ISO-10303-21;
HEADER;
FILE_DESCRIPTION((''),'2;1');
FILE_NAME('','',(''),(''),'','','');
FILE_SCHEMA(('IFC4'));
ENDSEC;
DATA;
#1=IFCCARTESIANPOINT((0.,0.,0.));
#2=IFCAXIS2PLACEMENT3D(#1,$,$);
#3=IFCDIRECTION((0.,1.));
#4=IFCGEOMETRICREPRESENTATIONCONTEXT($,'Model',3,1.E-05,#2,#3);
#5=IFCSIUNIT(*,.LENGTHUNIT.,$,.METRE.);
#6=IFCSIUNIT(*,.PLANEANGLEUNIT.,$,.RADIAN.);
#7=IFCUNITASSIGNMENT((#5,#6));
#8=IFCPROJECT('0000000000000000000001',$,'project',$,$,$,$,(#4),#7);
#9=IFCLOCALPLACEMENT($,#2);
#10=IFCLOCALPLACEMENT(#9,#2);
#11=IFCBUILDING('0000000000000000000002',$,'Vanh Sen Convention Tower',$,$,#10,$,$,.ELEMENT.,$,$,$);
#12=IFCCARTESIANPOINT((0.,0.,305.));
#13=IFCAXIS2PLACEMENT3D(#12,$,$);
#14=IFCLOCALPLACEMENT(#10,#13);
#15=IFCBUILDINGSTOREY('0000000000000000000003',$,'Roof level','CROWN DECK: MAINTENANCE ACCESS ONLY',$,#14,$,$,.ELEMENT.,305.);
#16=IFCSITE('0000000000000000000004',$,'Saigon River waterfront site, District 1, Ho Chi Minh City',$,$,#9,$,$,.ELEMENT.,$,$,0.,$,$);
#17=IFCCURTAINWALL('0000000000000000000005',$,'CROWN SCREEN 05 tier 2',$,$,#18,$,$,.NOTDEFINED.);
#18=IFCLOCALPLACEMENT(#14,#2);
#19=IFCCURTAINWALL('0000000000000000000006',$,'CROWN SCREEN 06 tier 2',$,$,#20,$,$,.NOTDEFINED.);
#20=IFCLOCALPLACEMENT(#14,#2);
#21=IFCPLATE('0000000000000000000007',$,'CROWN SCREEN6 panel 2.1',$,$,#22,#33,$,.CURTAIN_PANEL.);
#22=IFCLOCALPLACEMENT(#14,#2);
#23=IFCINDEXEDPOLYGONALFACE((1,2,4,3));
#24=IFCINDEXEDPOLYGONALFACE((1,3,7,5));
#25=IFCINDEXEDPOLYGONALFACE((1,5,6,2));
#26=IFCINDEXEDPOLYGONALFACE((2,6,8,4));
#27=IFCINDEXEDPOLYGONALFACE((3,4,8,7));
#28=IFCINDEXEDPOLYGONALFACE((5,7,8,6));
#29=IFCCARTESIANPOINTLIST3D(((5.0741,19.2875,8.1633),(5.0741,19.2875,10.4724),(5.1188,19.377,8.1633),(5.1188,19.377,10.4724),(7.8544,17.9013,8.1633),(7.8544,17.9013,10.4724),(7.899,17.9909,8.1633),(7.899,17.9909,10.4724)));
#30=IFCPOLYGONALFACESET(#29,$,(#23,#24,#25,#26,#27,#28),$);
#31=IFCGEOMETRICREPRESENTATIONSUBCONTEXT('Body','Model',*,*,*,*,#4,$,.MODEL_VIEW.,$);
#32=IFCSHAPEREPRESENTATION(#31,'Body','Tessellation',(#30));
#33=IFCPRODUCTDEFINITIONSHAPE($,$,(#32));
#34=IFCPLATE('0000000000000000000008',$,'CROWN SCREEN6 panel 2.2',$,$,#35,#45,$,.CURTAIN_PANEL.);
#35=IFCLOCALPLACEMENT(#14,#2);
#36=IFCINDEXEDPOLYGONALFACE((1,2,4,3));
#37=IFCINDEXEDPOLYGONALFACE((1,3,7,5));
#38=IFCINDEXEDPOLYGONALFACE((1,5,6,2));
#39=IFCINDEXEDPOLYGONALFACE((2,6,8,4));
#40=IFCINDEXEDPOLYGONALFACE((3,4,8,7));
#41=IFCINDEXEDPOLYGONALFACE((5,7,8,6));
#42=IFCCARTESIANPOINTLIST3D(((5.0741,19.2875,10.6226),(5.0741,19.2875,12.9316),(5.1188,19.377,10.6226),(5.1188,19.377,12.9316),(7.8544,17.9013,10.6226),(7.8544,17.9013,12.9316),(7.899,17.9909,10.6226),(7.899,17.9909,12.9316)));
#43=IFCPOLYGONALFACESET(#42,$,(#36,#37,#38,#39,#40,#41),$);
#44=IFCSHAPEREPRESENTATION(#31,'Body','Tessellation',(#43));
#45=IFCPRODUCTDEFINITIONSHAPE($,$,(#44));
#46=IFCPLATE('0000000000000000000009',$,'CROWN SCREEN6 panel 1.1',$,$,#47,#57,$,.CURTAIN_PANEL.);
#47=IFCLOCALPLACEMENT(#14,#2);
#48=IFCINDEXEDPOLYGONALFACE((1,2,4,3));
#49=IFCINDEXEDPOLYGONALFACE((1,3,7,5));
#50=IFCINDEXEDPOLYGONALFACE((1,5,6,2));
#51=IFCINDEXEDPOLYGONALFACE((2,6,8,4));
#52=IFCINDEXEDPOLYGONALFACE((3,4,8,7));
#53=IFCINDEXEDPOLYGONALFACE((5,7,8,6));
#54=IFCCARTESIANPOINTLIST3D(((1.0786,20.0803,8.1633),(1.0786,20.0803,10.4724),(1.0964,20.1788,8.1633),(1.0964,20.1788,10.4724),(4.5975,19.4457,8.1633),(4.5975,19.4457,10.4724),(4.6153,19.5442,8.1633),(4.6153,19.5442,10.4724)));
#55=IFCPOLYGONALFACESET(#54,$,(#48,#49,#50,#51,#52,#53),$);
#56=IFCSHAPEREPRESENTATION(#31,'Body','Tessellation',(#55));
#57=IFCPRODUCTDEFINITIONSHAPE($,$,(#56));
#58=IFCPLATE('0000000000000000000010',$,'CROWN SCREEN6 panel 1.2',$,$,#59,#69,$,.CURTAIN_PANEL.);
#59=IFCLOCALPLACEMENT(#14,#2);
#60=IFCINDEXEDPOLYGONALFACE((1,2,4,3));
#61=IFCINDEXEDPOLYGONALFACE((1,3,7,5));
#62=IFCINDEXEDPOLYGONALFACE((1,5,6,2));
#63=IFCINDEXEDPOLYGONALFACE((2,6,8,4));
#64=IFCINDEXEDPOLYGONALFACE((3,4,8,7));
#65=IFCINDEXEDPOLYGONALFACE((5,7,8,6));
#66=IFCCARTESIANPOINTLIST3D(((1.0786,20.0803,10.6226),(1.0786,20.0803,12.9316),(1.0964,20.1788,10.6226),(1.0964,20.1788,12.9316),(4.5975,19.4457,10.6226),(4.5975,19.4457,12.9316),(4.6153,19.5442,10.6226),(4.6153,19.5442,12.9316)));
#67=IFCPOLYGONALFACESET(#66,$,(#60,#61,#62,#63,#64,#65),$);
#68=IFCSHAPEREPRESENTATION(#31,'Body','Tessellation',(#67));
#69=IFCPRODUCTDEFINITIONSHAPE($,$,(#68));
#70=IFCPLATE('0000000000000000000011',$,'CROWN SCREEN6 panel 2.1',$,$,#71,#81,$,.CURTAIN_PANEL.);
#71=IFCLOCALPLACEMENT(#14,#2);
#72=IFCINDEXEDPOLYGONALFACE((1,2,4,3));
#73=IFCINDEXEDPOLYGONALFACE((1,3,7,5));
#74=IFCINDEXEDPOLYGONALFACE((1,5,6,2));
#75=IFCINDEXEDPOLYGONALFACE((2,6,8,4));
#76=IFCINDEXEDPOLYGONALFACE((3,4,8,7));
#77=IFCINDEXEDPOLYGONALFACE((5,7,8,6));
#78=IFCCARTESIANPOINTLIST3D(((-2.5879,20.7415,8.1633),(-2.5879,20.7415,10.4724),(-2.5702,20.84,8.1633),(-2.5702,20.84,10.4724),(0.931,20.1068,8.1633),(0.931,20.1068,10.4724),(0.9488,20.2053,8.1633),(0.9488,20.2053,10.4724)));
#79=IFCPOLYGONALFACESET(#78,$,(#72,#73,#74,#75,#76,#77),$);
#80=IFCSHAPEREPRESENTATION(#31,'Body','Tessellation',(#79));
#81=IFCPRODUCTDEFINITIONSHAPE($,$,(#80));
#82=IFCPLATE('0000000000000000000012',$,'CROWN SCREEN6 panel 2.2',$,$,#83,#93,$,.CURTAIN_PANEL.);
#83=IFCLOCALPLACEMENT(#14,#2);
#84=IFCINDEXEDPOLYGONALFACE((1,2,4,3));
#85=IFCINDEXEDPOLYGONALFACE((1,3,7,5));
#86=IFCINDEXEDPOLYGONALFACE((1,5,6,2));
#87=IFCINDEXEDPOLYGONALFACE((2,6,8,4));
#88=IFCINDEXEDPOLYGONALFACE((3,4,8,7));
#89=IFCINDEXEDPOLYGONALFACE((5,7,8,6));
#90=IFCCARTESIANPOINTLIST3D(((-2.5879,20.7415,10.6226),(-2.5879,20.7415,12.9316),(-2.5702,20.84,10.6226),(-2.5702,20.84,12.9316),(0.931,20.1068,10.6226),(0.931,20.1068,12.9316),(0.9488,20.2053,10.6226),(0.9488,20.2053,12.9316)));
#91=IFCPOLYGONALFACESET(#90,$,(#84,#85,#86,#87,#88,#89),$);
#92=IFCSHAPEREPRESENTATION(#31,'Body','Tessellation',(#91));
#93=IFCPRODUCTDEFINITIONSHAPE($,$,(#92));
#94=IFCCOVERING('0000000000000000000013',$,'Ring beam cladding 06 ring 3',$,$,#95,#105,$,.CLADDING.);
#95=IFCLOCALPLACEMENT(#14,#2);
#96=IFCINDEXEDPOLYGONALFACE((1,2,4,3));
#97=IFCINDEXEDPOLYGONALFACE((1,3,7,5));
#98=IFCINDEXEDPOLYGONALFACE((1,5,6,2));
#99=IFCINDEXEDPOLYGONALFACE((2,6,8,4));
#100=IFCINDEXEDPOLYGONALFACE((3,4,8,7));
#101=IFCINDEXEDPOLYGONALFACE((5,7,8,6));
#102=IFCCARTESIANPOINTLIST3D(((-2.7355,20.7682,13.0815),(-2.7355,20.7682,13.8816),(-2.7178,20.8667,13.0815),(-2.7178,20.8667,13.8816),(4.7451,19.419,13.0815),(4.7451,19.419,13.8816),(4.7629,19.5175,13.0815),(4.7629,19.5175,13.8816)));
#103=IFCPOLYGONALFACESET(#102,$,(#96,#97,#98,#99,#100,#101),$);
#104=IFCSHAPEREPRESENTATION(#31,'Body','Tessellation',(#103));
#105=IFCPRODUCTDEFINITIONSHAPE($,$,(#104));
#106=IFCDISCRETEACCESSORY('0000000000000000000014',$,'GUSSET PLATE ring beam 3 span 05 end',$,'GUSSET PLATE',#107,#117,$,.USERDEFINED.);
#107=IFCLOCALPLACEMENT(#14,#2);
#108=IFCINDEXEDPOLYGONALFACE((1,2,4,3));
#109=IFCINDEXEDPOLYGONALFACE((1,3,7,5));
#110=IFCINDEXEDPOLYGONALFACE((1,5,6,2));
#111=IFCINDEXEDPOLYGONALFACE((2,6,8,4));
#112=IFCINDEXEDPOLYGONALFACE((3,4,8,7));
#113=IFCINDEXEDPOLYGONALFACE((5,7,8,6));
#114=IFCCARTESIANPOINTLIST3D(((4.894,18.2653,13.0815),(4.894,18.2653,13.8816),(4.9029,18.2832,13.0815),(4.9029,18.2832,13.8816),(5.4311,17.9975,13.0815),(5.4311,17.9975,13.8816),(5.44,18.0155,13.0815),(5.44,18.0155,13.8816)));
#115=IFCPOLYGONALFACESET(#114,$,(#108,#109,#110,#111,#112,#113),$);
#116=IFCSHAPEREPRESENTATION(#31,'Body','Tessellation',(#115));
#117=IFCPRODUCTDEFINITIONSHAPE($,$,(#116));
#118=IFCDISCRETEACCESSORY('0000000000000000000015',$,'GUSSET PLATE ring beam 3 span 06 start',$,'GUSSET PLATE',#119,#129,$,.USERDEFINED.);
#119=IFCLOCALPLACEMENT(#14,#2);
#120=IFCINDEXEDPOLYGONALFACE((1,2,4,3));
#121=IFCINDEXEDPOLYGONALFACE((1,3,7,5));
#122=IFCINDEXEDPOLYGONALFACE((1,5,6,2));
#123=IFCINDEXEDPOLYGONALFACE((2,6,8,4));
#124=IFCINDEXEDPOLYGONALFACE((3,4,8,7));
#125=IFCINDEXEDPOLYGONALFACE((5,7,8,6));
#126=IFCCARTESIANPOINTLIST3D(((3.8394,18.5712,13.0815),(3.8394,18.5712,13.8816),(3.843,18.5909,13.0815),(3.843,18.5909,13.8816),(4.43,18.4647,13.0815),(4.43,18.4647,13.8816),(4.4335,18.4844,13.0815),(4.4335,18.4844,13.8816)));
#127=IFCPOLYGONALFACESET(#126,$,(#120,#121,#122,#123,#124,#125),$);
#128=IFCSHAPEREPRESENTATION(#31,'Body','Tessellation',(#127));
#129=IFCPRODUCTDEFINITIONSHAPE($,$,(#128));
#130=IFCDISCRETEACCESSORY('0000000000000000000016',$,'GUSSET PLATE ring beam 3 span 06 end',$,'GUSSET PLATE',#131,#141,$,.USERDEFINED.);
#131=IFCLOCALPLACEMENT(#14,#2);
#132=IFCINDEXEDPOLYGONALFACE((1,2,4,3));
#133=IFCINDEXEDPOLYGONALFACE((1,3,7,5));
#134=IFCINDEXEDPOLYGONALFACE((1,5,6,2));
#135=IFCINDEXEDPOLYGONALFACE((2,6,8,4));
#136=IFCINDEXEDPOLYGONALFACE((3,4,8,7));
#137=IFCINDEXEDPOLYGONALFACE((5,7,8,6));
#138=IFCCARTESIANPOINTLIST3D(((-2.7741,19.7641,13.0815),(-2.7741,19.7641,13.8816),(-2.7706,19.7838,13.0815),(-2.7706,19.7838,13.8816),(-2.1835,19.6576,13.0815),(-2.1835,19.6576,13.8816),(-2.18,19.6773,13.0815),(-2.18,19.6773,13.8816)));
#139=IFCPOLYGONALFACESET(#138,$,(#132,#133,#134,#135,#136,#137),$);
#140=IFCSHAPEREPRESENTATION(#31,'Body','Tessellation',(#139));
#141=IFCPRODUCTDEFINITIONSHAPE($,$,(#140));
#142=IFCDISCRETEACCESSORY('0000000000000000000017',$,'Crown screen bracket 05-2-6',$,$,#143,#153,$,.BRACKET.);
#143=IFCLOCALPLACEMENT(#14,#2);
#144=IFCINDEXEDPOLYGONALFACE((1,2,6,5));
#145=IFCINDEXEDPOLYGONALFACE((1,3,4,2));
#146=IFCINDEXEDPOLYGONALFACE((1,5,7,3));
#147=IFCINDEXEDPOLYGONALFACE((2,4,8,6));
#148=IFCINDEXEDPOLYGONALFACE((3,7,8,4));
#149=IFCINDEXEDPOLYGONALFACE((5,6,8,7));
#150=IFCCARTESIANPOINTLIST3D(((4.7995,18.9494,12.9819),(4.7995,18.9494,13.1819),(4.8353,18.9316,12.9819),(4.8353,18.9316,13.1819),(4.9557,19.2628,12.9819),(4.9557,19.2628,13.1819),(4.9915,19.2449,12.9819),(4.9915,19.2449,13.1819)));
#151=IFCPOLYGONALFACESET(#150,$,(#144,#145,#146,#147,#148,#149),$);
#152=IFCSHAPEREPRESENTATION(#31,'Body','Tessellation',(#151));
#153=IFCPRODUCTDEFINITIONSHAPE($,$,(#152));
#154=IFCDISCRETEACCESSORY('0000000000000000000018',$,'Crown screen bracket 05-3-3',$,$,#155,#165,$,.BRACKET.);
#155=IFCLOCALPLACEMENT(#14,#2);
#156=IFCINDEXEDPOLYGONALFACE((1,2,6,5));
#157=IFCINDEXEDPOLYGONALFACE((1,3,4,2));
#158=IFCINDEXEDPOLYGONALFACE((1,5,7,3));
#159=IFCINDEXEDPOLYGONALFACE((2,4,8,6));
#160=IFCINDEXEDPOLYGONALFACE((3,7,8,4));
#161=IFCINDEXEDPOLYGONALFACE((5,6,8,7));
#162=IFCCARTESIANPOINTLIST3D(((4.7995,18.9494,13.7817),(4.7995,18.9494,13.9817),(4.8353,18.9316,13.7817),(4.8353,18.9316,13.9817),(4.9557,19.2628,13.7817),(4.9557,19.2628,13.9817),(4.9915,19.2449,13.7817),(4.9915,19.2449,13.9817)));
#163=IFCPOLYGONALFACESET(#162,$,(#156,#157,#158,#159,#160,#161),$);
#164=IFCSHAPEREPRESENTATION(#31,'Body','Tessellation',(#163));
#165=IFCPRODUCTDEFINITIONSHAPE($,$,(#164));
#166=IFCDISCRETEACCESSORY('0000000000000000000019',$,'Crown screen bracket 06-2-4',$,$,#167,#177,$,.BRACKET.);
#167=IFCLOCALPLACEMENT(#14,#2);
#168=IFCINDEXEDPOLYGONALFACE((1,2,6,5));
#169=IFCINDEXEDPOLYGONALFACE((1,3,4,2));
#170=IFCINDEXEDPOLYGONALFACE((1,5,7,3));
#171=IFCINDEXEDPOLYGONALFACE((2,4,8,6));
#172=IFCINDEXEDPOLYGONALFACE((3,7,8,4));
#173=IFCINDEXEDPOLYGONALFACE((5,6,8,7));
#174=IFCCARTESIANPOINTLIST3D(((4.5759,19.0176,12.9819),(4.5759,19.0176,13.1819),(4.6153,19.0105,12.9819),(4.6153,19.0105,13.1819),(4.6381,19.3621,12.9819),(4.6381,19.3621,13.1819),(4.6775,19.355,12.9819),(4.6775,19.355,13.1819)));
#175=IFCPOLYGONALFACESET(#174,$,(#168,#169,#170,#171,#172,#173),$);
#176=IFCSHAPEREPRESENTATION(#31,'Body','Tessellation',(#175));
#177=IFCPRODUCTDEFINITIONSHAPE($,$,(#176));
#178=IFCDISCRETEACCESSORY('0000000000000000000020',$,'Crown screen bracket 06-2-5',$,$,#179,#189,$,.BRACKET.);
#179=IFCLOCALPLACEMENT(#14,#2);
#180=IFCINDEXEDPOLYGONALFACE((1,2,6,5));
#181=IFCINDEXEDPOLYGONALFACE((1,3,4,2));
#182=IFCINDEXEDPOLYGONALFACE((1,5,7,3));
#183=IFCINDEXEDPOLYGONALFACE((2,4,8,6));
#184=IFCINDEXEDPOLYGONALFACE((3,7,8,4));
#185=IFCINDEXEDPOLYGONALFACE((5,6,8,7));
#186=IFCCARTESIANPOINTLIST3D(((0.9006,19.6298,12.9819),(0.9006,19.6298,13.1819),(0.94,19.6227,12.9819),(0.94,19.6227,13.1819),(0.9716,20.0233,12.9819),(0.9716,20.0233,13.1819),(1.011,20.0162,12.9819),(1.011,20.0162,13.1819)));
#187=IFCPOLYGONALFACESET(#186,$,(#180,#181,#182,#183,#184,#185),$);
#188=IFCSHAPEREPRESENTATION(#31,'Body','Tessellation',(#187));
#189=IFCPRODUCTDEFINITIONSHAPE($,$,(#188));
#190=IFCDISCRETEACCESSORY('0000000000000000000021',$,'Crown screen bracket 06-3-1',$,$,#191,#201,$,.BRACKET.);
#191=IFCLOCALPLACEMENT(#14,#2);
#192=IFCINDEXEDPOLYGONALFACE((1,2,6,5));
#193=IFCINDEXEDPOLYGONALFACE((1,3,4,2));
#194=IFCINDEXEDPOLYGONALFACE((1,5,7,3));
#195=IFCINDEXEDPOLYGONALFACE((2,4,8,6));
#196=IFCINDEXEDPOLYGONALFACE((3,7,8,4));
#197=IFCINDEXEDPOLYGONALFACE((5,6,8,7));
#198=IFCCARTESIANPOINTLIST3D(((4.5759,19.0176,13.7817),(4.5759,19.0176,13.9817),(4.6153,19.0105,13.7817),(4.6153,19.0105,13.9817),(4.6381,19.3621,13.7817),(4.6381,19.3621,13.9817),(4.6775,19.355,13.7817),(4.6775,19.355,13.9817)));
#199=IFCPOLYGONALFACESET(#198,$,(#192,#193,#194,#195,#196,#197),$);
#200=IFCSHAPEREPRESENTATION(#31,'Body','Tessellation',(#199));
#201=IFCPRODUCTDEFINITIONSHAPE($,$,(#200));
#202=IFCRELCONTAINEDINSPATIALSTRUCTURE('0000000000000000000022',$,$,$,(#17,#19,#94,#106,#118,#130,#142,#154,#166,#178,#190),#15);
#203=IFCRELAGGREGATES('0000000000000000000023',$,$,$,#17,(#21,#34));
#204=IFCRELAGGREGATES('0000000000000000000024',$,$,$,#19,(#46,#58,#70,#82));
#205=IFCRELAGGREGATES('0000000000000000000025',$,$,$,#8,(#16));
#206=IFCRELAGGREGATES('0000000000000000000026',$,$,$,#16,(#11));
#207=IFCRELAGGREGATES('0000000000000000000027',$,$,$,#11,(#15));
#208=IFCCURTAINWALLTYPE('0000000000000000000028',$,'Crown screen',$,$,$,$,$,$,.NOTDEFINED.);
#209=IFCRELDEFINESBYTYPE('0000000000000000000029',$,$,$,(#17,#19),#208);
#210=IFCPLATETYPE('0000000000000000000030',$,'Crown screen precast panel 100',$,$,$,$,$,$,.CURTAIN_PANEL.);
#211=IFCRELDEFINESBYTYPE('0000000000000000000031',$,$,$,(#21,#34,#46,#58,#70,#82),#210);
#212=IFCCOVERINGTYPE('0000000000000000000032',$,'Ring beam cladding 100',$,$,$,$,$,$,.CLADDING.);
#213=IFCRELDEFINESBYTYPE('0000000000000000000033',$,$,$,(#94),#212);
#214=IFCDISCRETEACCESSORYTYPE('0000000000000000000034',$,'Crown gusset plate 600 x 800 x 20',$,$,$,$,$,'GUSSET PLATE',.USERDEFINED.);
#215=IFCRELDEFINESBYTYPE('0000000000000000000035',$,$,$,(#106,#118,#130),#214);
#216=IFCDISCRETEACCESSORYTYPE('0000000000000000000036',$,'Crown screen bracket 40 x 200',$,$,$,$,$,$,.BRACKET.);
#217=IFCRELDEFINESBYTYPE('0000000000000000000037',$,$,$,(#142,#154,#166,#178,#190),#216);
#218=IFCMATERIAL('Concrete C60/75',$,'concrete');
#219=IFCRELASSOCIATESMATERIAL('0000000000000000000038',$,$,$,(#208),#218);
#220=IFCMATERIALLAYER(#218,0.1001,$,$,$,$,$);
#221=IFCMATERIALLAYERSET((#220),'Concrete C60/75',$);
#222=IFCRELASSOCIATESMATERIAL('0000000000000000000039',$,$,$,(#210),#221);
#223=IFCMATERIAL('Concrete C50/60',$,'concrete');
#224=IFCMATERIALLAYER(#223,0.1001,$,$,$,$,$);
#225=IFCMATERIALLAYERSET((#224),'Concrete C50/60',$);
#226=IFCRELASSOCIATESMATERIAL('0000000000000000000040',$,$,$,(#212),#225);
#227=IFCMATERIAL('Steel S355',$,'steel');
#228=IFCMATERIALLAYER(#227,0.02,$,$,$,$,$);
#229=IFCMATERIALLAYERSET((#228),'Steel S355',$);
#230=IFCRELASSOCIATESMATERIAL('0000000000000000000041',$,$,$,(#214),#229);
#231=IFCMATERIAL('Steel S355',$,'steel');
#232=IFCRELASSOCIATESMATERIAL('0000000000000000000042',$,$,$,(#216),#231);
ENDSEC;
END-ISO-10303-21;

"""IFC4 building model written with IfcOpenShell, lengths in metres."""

from ifc_helpers import new_model, si_unit, direction, frame, origin, origin_2d, place, context, subcontext, project, spatial, rectangle, extrude, material, layer, layer_set, type_object, element, aggregate, save


model = new_model("IFC4")

# Units and contexts
model_context = context("Model", 3, precision=1e-05, world=origin(), true_north=direction((0.0, 1.0)))
body_context = subcontext(model_context, "Body", "Model", "MODEL_VIEW")
ifc_project = project(units=[si_unit("LENGTHUNIT", "METRE"), si_unit("PLANEANGLEUNIT", "RADIAN")], contexts=[model_context])

# Site, building, storey
site_placement = place(None, origin())
site = spatial("IfcSite", under=ifc_project, at=site_placement, Name="Saigon River waterfront site, District 1, Ho Chi Minh City", CompositionType="ELEMENT", RefElevation=0.0)
building_placement = place(site_placement, origin())
building = spatial("IfcBuilding", under=site, at=building_placement, Name="Vanh Sen Convention Tower", CompositionType="ELEMENT")
storey_placement = place(building_placement, frame((0.0, 0.0, 305.0)))
storey = spatial("IfcBuildingStorey", under=building, at=storey_placement, Name="Roof level", Description="CROWN DECK: MAINTENANCE ACCESS ONLY", CompositionType="ELEMENT", Elevation=305.0)

# Shared definitions
ifc_material_1 = material(Name="Concrete C60/75", Category="concrete")
curtain_wall_type = type_object("IfcCurtainWallType", Name="Crown screen", PredefinedType="NOTDEFINED", material=ifc_material_1)

# Curtain walls
curtain_wall_1_placement = place(storey_placement, origin())
curtain_wall_1 = element("IfcCurtainWall", 1, at=curtain_wall_1_placement, inside=storey, type_object=curtain_wall_type, Name="CROWN SCREEN 05 tier 2", PredefinedType="NOTDEFINED")
curtain_wall_2_placement = place(storey_placement, origin())
curtain_wall_2 = element("IfcCurtainWall", 2, at=curtain_wall_2_placement, inside=storey, type_object=curtain_wall_type, Name="CROWN SCREEN 06 tier 2", PredefinedType="NOTDEFINED")

# Plates
ifc_layer_1 = layer(ifc_material_1, 0.1001)
ifc_layer_set_1 = layer_set([ifc_layer_1], Name="Concrete C60/75")
plate_type = type_object("IfcPlateType", Name="Crown screen precast panel 100", PredefinedType="CURTAIN_PANEL", material=ifc_layer_set_1)
plate_1_placement = place(storey_placement, frame((6.4866, 18.6392, 8.1633), z_axis=(0.0, 0.0, 1.0), x_axis=(-0.894937, 0.446193, 0.0)))
plate_1 = element("IfcPlate", 3, at=plate_1_placement, type_object=plate_type, Name="CROWN SCREEN6 panel 2.1", PredefinedType="CURTAIN_PANEL", context=body_context, shape_type="SweptSolid", body=[
    extrude(rectangle(XDim=3.1067, YDim=0.1001, at=origin_2d()), origin(), (0.0, 0.0, 1.0), 2.3091),
])
plate_2_placement = place(storey_placement, frame((6.4866, 18.6392, 10.6226), z_axis=(0.0, 0.0, 1.0), x_axis=(-0.894937, 0.446193, 0.0)))
plate_2 = element("IfcPlate", 4, at=plate_2_placement, type_object=plate_type, Name="CROWN SCREEN6 panel 2.2", PredefinedType="CURTAIN_PANEL", context=body_context, shape_type="SweptSolid", body=[
    extrude(rectangle(XDim=3.1067, YDim=0.1001, at=origin_2d()), origin(), (0.0, 0.0, 1.0), 2.3091),
])
aggregate(curtain_wall_1, [plate_1, plate_2])
plate_3_placement = place(storey_placement, frame((2.8469, 19.8123, 8.1633), z_axis=(0.0, 0.0, 1.0), x_axis=(-0.984122, 0.177496, 0.0)))
plate_3 = element("IfcPlate", 5, at=plate_3_placement, type_object=plate_type, Name="CROWN SCREEN6 panel 1.1", PredefinedType="CURTAIN_PANEL", context=body_context, shape_type="SweptSolid", body=[
    extrude(rectangle(XDim=3.5757, YDim=0.1001, at=origin_2d()), origin(), (0.0, 0.0, 1.0), 2.3091),
])
plate_4_placement = place(storey_placement, frame((2.8469, 19.8123, 10.6226), z_axis=(0.0, 0.0, 1.0), x_axis=(-0.984122, 0.177496, 0.0)))
plate_4 = element("IfcPlate", 6, at=plate_4_placement, type_object=plate_type, Name="CROWN SCREEN6 panel 1.2", PredefinedType="CURTAIN_PANEL", context=body_context, shape_type="SweptSolid", body=[
    extrude(rectangle(XDim=3.5757, YDim=0.1001, at=origin_2d()), origin(), (0.0, 0.0, 1.0), 2.3091),
])
plate_5_placement = place(storey_placement, frame((-0.8196, 20.4734, 8.1633), z_axis=(0.0, 0.0, 1.0), x_axis=(-0.984122, 0.177496, 0.0)))
plate_5 = element("IfcPlate", 7, at=plate_5_placement, type_object=plate_type, Name="CROWN SCREEN6 panel 2.1", PredefinedType="CURTAIN_PANEL", context=body_context, shape_type="SweptSolid", body=[
    extrude(rectangle(XDim=3.5757, YDim=0.1001, at=origin_2d()), origin(), (0.0, 0.0, 1.0), 2.3091),
])
plate_6_placement = place(storey_placement, frame((-0.8196, 20.4734, 10.6226), z_axis=(0.0, 0.0, 1.0), x_axis=(-0.984122, 0.177496, 0.0)))
plate_6 = element("IfcPlate", 8, at=plate_6_placement, type_object=plate_type, Name="CROWN SCREEN6 panel 2.2", PredefinedType="CURTAIN_PANEL", context=body_context, shape_type="SweptSolid", body=[
    extrude(rectangle(XDim=3.5757, YDim=0.1001, at=origin_2d()), origin(), (0.0, 0.0, 1.0), 2.3091),
])
aggregate(curtain_wall_2, [plate_3, plate_4, plate_5, plate_6])

# Covering
ifc_material_2 = material(Name="Concrete C50/60", Category="concrete")
ifc_layer_2 = layer(ifc_material_2, 0.1001)
ifc_layer_set_2 = layer_set([ifc_layer_2], Name="Concrete C50/60")
covering_type = type_object("IfcCoveringType", Name="Ring beam cladding 100", PredefinedType="CLADDING", material=ifc_layer_set_2)
covering_placement = place(storey_placement, frame((1.0137, 20.1428, 13.0815), z_axis=(0.0, 0.0, 1.0), x_axis=(-0.984122, 0.177495, 0.0)))
element("IfcCovering", 9, at=covering_placement, inside=storey, type_object=covering_type, Name="Ring beam cladding 06 ring 3", PredefinedType="CLADDING", context=body_context, shape_type="SweptSolid", body=[
    extrude(rectangle(XDim=7.6013, YDim=0.1001, at=origin_2d()), origin(), (0.0, 0.0, 1.0), 0.8),
])

# Discrete accessories
ifc_material_3 = material(Name="Steel S355", Category="steel")
ifc_layer_3 = layer(ifc_material_3, 0.02)
ifc_layer_set_3 = layer_set([ifc_layer_3], Name="Steel S355")
discrete_accessory_type_1 = type_object("IfcDiscreteAccessoryType", Name="Crown gusset plate 600 x 800 x 20", ElementType="GUSSET PLATE", PredefinedType="USERDEFINED", material=ifc_layer_set_3)
for number, where, z_axis, x_axis, name in (
    (10, (5.167, 18.1404, 13.0815), (0.0, 0.0, 1.0), (0.894937, -0.446193, 0.0), "GUSSET PLATE ring beam 3 span 05 end"),
    (11, (4.1365, 18.5278, 13.0815), (0.0, 0.0, 1.0), (-0.984122, 0.177495, 0.0), "GUSSET PLATE ring beam 3 span 06 start"),
    (12, (-2.4771, 19.7207, 13.0815), (0.0, 0.0, 1.0), (0.984122, -0.177495, 0.0), "GUSSET PLATE ring beam 3 span 06 end"),
):
    element("IfcDiscreteAccessory", number, at=place(storey_placement, frame(where, z_axis=z_axis, x_axis=x_axis)), inside=storey, type_object=discrete_accessory_type_1, Name=name, ObjectType="GUSSET PLATE", PredefinedType="USERDEFINED", context=body_context, shape_type="SweptSolid", body=[
        extrude(rectangle(XDim=0.6001, YDim=0.02, at=origin_2d()), origin(), (0.0, 0.0, 1.0), 0.8),
    ])
ifc_material_4 = material(Name="Steel S355", Category="steel")
discrete_accessory_type_2 = type_object("IfcDiscreteAccessoryType", Name="Crown screen bracket 40 x 200", PredefinedType="BRACKET", material=ifc_material_4)
for number, where, z_axis, x_axis, name in (
    (13, (4.8955, 19.0972, 12.9819), (0.0, 0.0, 1.0), (0.446193, 0.894937, 0.0), "Crown screen bracket 05-2-6"),
    (14, (4.8955, 19.0972, 13.7817), (0.0, 0.0, 1.0), (0.446193, 0.894937, 0.0), "Crown screen bracket 05-3-3"),
    (15, (4.6267, 19.1863, 12.9819), (0.0, 0.0, 1.0), (0.177495, 0.984122, 0.0), "Crown screen bracket 06-2-4"),
):
    element("IfcDiscreteAccessory", number, at=place(storey_placement, frame(where, z_axis=z_axis, x_axis=x_axis)), inside=storey, type_object=discrete_accessory_type_2, Name=name, PredefinedType="BRACKET", context=body_context, shape_type="SweptSolid", body=[
        extrude(rectangle(XDim=0.3501, YDim=0.04, at=origin_2d()), origin(), (0.0, 0.0, 1.0), 0.2),
    ])
discrete_accessory_1_placement = place(storey_placement, frame((0.9558, 19.823, 12.9819), z_axis=(0.0, 0.0, 1.0), x_axis=(0.177495, 0.984122, 0.0)))
element("IfcDiscreteAccessory", 16, at=discrete_accessory_1_placement, inside=storey, type_object=discrete_accessory_type_2, Name="Crown screen bracket 06-2-5", PredefinedType="BRACKET", context=body_context, shape_type="SweptSolid", body=[
    extrude(rectangle(XDim=0.3999, YDim=0.04, at=origin_2d()), origin(), (0.0, 0.0, 1.0), 0.2),
])
discrete_accessory_2_placement = place(storey_placement, frame((4.6267, 19.1863, 13.7817), z_axis=(0.0, 0.0, 1.0), x_axis=(0.177495, 0.984122, 0.0)))
element("IfcDiscreteAccessory", 17, at=discrete_accessory_2_placement, inside=storey, type_object=discrete_accessory_type_2, Name="Crown screen bracket 06-3-1", PredefinedType="BRACKET", context=body_context, shape_type="SweptSolid", body=[
    extrude(rectangle(XDim=0.3501, YDim=0.04, at=origin_2d()), origin(), (0.0, 0.0, 1.0), 0.2),
])

save(model, "model.ifc")
